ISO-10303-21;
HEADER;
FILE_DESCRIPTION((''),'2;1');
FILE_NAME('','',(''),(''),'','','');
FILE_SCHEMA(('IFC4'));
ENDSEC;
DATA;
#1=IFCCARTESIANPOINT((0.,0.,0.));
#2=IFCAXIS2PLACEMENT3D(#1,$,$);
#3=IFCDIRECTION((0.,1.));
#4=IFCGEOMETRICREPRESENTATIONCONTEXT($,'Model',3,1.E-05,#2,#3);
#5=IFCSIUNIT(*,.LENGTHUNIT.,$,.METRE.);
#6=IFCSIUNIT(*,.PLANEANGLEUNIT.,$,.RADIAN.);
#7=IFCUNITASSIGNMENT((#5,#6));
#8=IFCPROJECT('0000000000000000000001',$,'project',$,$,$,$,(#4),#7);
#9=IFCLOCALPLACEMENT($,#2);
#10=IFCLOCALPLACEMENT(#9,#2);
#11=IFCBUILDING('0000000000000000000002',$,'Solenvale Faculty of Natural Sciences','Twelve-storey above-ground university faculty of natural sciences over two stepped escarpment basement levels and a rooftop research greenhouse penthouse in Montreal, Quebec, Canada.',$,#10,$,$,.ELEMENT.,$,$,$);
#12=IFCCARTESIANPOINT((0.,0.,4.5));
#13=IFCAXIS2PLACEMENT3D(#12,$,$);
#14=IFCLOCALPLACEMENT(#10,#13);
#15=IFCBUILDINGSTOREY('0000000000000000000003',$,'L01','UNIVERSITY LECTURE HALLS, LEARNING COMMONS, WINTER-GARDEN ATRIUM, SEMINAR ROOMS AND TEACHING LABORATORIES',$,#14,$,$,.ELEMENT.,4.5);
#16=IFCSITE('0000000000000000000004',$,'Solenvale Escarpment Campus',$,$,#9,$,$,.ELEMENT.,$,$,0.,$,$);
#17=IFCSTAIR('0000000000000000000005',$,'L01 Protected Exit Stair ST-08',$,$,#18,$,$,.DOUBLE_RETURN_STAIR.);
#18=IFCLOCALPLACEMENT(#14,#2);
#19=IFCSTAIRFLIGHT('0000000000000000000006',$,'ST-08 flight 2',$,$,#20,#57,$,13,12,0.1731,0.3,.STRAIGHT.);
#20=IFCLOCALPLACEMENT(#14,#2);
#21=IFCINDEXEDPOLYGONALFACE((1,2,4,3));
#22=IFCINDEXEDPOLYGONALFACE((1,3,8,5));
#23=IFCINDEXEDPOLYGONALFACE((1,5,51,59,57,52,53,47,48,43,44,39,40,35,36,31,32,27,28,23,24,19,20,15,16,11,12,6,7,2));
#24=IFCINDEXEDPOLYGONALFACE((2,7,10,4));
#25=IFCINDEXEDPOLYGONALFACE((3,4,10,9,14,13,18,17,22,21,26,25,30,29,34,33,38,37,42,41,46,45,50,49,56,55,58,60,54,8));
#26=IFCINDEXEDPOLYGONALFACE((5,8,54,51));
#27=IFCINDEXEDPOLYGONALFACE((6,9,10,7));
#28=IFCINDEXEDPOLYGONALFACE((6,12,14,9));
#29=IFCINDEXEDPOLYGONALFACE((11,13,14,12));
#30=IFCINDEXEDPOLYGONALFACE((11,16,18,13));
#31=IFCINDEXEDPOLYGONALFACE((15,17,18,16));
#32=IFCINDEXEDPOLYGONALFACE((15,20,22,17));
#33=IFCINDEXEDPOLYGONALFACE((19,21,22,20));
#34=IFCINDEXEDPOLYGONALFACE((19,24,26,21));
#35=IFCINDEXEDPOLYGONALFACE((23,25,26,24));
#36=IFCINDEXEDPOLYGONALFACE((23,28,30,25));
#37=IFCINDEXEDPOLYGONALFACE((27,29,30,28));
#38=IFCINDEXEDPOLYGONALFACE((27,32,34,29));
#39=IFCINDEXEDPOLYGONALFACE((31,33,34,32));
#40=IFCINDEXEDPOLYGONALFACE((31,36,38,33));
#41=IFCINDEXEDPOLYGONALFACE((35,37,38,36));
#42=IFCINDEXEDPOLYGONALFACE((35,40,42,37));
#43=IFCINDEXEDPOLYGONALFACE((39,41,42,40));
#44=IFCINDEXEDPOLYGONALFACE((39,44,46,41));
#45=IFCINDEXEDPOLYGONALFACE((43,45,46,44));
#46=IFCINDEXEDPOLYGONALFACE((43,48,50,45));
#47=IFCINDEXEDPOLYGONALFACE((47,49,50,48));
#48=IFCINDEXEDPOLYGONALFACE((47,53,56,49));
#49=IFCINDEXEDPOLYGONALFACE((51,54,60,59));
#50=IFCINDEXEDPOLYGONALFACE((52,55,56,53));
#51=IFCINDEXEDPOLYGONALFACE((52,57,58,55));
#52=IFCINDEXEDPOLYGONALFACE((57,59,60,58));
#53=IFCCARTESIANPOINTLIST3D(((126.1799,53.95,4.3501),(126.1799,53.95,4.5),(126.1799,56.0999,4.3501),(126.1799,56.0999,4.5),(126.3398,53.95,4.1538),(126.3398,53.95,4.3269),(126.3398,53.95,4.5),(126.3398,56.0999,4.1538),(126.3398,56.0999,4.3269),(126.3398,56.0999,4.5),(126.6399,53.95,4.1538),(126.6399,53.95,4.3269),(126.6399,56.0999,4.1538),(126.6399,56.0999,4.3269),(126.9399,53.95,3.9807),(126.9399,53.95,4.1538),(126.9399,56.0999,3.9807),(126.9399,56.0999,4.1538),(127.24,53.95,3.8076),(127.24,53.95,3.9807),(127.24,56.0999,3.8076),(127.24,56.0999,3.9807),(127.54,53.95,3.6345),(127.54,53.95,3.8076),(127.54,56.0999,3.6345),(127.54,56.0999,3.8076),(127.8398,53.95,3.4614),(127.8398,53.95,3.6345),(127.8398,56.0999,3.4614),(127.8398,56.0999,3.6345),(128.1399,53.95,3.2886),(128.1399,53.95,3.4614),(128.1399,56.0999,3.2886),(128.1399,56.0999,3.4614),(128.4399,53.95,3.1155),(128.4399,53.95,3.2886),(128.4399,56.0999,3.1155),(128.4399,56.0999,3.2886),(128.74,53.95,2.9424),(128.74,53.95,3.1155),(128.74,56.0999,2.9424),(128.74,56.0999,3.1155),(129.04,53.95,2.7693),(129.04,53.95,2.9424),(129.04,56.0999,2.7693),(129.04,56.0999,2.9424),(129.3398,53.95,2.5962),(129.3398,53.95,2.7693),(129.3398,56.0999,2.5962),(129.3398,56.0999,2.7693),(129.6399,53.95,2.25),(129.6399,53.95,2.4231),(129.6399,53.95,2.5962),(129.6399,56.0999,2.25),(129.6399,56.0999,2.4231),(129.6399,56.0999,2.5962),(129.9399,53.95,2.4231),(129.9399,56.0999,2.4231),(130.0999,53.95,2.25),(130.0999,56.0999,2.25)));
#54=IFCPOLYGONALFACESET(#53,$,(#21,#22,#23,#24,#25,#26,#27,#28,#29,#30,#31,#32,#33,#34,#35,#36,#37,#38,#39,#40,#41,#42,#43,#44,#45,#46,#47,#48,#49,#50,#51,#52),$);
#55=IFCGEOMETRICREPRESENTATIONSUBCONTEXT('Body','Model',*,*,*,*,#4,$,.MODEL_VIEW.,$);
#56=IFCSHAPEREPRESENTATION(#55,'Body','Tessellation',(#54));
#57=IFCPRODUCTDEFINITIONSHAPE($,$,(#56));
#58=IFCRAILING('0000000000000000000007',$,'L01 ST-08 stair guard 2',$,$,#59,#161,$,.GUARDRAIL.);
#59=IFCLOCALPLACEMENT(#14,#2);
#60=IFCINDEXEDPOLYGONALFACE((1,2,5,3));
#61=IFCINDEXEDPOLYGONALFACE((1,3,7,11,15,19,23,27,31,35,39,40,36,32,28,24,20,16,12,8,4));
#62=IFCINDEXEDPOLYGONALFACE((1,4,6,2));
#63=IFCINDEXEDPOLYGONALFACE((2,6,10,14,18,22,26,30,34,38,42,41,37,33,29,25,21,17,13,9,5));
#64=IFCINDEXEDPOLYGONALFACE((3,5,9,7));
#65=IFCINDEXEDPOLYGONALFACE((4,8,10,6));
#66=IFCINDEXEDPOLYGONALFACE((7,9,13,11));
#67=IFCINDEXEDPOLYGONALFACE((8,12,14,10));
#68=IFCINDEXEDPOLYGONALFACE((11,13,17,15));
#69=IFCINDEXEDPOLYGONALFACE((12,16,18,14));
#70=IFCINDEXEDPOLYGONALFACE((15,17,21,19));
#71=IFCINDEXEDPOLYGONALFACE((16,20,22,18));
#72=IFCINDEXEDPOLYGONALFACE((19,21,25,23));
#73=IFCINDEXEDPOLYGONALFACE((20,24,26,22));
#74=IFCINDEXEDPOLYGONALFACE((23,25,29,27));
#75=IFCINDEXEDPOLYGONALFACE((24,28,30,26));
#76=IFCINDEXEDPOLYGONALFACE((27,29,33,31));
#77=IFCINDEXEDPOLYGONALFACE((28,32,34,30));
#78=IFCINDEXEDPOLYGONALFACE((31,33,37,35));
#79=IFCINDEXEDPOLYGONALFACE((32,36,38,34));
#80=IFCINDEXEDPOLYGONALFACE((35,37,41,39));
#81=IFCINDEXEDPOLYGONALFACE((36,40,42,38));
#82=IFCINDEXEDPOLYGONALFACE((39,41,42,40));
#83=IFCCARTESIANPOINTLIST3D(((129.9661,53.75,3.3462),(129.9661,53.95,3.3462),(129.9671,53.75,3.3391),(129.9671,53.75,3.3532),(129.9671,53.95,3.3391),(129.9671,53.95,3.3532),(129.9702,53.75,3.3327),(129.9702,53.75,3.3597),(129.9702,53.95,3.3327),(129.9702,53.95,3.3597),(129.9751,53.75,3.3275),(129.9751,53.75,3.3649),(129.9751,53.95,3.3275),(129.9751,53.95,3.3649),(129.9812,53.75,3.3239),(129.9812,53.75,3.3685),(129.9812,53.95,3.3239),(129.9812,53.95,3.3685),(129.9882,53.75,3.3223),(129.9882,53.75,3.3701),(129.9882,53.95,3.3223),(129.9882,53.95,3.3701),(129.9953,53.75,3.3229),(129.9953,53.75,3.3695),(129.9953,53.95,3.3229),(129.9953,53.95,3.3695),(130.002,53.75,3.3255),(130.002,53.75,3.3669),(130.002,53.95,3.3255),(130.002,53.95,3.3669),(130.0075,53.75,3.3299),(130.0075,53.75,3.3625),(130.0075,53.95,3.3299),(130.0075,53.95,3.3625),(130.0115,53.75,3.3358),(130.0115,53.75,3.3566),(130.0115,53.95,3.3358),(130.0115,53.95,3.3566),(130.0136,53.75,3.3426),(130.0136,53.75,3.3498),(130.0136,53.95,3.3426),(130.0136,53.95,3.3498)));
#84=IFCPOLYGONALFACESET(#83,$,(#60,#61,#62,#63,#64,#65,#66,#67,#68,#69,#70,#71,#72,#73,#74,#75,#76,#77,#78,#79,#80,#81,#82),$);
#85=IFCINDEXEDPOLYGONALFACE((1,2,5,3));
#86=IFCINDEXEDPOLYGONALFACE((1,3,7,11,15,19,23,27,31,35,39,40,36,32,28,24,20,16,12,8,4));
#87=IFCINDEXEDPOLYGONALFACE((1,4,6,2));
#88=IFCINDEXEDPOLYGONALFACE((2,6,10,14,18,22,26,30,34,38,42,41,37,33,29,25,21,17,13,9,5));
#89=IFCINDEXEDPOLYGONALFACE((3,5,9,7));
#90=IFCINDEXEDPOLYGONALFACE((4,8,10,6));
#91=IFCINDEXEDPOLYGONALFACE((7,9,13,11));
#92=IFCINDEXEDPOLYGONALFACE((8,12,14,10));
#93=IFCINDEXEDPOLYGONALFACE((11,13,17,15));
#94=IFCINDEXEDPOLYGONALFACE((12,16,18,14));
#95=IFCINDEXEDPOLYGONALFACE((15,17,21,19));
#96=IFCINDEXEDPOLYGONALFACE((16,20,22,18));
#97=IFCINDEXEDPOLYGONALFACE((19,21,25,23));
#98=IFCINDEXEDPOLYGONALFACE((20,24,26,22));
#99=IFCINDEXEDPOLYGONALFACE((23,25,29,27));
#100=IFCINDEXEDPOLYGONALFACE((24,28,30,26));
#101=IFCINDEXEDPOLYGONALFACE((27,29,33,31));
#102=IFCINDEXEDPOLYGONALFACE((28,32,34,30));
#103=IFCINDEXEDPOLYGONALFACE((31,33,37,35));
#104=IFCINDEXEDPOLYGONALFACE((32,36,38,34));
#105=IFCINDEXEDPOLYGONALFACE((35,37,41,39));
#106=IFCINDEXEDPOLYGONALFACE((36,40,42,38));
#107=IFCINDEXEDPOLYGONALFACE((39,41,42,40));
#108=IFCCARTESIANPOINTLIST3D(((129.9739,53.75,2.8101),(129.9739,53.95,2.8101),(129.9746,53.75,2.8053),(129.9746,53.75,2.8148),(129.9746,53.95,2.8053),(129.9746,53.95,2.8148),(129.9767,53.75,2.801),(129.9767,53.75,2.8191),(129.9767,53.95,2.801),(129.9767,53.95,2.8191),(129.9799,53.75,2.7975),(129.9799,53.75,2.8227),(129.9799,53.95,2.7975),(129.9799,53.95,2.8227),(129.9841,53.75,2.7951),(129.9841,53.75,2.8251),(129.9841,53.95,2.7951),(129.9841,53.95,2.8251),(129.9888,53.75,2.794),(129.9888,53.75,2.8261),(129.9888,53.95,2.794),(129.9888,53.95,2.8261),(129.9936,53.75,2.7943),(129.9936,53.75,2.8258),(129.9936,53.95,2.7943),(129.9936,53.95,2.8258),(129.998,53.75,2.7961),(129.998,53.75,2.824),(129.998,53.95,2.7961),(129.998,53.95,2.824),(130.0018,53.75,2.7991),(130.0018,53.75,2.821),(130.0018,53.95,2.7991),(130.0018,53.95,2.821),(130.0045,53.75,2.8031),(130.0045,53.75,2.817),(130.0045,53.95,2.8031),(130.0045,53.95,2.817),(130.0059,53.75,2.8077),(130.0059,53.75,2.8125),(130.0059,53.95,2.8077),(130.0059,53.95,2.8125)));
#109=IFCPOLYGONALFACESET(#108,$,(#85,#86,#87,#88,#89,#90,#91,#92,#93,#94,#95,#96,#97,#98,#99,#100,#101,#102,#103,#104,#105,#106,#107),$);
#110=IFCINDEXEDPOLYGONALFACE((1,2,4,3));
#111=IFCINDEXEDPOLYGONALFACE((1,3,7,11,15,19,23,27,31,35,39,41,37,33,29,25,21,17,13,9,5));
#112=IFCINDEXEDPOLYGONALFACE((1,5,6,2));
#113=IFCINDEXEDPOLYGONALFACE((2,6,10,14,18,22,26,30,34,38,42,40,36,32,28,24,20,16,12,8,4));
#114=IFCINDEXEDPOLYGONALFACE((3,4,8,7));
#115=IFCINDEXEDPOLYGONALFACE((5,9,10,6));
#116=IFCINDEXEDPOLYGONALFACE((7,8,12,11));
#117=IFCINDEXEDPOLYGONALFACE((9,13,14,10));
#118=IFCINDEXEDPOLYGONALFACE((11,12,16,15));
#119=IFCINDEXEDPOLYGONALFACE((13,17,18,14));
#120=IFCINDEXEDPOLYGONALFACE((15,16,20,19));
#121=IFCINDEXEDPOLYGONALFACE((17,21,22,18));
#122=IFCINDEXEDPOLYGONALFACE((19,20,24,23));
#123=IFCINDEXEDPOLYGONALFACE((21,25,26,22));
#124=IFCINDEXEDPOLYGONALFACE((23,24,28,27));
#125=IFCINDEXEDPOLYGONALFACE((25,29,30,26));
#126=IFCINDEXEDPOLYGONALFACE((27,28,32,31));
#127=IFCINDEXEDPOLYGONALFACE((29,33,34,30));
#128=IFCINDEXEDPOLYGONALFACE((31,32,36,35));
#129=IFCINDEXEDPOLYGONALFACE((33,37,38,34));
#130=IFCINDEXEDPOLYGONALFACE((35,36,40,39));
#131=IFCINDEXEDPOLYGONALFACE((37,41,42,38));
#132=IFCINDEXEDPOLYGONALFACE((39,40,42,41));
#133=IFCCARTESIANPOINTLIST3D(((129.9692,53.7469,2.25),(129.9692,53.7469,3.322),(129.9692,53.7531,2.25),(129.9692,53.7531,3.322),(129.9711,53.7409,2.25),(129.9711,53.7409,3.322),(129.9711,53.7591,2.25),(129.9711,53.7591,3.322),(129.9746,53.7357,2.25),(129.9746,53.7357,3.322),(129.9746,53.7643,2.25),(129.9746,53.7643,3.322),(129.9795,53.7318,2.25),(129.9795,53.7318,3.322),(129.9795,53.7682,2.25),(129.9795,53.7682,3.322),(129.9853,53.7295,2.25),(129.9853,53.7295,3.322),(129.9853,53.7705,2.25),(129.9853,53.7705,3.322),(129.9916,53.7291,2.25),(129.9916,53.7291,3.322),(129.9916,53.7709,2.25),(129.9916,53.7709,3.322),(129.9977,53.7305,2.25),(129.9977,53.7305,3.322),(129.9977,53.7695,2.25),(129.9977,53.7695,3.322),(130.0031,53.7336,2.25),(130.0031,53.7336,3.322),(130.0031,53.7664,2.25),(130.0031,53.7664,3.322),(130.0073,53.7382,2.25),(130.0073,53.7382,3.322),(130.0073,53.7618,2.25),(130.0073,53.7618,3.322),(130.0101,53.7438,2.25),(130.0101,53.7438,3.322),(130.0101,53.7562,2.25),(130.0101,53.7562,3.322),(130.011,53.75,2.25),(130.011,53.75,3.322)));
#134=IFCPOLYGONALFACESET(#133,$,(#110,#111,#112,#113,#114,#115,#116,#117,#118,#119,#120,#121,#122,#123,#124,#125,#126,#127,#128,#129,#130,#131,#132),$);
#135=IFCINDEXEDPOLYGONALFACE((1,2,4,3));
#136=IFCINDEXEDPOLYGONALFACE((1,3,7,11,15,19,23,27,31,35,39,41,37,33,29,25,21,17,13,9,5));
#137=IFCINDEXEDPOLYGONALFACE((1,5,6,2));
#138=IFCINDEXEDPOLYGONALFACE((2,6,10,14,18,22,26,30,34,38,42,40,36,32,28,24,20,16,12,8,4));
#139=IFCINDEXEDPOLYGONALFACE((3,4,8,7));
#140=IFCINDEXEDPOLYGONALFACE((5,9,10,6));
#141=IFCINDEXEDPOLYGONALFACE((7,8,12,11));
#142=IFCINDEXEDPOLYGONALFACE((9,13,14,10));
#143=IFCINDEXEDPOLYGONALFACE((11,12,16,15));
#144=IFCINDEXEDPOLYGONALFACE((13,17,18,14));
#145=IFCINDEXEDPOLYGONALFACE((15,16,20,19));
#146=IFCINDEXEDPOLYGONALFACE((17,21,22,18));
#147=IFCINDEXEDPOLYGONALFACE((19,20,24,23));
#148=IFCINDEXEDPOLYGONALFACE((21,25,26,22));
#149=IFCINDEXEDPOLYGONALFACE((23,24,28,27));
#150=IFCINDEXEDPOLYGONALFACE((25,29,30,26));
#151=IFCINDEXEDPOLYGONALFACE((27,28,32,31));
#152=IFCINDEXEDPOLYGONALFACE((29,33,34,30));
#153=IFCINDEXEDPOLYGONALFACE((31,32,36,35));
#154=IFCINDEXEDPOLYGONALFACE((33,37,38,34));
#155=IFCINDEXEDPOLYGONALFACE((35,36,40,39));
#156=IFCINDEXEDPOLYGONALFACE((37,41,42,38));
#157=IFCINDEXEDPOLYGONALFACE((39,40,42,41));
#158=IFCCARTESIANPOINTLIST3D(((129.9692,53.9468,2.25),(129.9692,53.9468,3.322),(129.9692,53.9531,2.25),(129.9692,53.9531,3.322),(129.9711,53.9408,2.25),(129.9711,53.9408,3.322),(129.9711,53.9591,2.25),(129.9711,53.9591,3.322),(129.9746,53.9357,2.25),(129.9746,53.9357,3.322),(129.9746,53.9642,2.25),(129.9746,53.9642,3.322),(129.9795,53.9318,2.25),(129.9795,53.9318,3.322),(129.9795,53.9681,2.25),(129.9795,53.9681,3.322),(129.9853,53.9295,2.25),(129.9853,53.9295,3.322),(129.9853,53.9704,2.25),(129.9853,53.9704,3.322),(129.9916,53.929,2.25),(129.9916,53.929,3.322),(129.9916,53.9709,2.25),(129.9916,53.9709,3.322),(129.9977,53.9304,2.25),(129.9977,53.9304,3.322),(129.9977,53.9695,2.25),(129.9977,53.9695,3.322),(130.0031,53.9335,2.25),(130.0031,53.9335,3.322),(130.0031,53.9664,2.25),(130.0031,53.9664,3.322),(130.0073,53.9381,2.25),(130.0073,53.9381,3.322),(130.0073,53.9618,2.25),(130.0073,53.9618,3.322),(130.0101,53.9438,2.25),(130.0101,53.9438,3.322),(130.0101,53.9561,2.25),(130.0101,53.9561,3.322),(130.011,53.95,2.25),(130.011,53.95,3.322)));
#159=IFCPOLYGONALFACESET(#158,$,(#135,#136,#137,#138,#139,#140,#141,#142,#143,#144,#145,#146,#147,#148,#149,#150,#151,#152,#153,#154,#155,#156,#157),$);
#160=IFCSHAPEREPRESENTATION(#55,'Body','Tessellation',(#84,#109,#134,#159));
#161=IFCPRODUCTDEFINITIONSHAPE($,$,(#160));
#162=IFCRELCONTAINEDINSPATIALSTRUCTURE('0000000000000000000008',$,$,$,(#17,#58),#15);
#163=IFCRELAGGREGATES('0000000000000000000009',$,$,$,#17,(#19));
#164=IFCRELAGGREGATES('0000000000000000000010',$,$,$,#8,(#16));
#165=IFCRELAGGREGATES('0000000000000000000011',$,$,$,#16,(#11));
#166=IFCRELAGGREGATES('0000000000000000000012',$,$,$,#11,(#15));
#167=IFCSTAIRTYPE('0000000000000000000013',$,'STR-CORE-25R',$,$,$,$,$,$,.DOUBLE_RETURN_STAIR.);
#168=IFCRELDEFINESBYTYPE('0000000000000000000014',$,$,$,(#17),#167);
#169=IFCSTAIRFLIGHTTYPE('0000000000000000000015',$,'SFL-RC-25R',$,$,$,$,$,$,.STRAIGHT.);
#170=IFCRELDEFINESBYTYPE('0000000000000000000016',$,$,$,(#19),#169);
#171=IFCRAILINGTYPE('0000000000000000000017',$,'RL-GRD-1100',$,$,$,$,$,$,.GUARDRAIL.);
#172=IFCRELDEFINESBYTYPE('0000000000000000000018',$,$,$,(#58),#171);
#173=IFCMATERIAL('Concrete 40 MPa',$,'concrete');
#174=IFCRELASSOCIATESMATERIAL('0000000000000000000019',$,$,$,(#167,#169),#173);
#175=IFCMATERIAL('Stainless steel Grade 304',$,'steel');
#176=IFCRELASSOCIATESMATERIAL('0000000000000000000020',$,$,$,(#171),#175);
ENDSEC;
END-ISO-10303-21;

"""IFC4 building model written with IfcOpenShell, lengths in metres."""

from ifc_helpers import new_model, si_unit, direction, frame, origin, origin_2d, place, context, subcontext, project, spatial, polyline, circle, outline, extrude, material, type_object, element, aggregate, save


model = new_model("IFC4")

# Units and contexts
model_context = context("Model", 3, precision=1e-05, world=origin(), true_north=direction((0.0, 1.0)))
body_context = subcontext(model_context, "Body", "Model", "MODEL_VIEW")
ifc_project = project(units=[si_unit("LENGTHUNIT", "METRE"), si_unit("PLANEANGLEUNIT", "RADIAN")], contexts=[model_context])

# Site, building, storey
site_placement = place(None, origin())
site = spatial("IfcSite", under=ifc_project, at=site_placement, Name="Solenvale Escarpment Campus", CompositionType="ELEMENT", RefElevation=0.0)
building_placement = place(site_placement, origin())
building = spatial("IfcBuilding", under=site, at=building_placement, Name="Solenvale Faculty of Natural Sciences", Description="Twelve-storey above-ground university faculty of natural sciences over two stepped escarpment basement levels and a rooftop research greenhouse penthouse in Montreal, Quebec, Canada.", CompositionType="ELEMENT")
storey_placement = place(building_placement, frame((0.0, 0.0, 4.5)))
storey = spatial("IfcBuildingStorey", under=building, at=storey_placement, Name="L01", Description="UNIVERSITY LECTURE HALLS, LEARNING COMMONS, WINTER-GARDEN ATRIUM, SEMINAR ROOMS AND TEACHING LABORATORIES", CompositionType="ELEMENT", Elevation=4.5)

# Shared definitions
ifc_material_1 = material(Name="Concrete 40 MPa", Category="concrete")

# Stair, stair flight
stair_type = type_object("IfcStairType", Name="STR-CORE-25R", PredefinedType="DOUBLE_RETURN_STAIR", material=ifc_material_1)
stair_placement = place(storey_placement, origin())
stair = element("IfcStair", 1, at=stair_placement, inside=storey, type_object=stair_type, Name="L01 Protected Exit Stair ST-08", PredefinedType="DOUBLE_RETURN_STAIR")
stair_flight_type = type_object("IfcStairFlightType", Name="SFL-RC-25R", PredefinedType="STRAIGHT", material=ifc_material_1)
stair_flight_1_placement = place(storey_placement, frame((129.9399, 55.0249, 2.25), z_axis=(0.0, 0.0, 1.0), x_axis=(-1.0, 0.0, 0.0)))
stair_flight_1 = element("IfcStairFlight", 2, at=stair_flight_1_placement, type_object=stair_flight_type, Name="ST-08 flight 2", NumberOfRisers=13, NumberOfTreads=12, PredefinedType="STRAIGHT", RiserHeight=0.1731, TreadLength=0.3, context=body_context, shape_type="SweptSolid", body=[
    extrude(outline(polyline([(-0.1599, 0.0), (0.0, 0.1731), (0.3, 0.1731), (0.3, 0.3462), (0.6001, 0.3462), (0.6001, 0.5193), (0.8999, 0.5193), (0.8999, 0.6924), (1.2, 0.6924), (1.2, 0.8655), (1.5, 0.8655), (1.5, 1.0386), (1.8, 1.0386), (1.8, 1.2114), (2.1001, 1.2114), (2.1001, 1.3845), (2.3999, 1.3845), (2.3999, 1.5576), (2.7, 1.5576), (2.7, 1.7307), (3.0, 1.7307), (3.0, 1.9038), (3.3, 1.9038), (3.3, 2.0769), (3.6001, 2.0769), (3.6001, 2.25), (3.76, 2.25), (3.76, 2.1001), (3.6001, 1.9038), (0.3, 0.0), (-0.1599, 0.0)])), frame((0.0, 1.075, 0.0), z_axis=(0.0, -1.0, 0.0), x_axis=(1.0, 0.0, 0.0)), (0.0, 0.0, 1.0), 2.1499),
])
aggregate(stair, [stair_flight_1])

# Railing
ifc_material_2 = material(Name="Stainless steel Grade 304", Category="steel")
railing_type_1 = type_object("IfcRailingType", Name="RL-GRD-1100", PredefinedType="GUARDRAIL", material=ifc_material_2)
railing_1_placement = place(storey_placement, frame((129.99, 53.75, 2.25)))
element("IfcRailing", 3, at=railing_1_placement, inside=storey, type_object=railing_type_1, Name="L01 ST-08 stair guard 2", PredefinedType="GUARDRAIL", context=body_context, shape_type="SweptSolid", body=[
    extrude(circle(Radius=0.0239, at=origin_2d()), frame((0.0, 0.0, 1.0962), z_axis=(0.0, 1.0, 0.0), x_axis=(-1.0, 0.0, 0.0)), (0.0, 0.0, 1.0), 0.2),
    extrude(circle(Radius=0.0161, at=origin_2d()), frame((0.0, 0.0, 0.5601), z_axis=(0.0, 1.0, 0.0), x_axis=(-1.0, 0.0, 0.0)), (0.0, 0.0, 1.0), 0.2),
    extrude(circle(Radius=0.021, at=origin_2d()), origin(), (0.0, 0.0, 1.0), 1.072),
    extrude(circle(Radius=0.021, at=origin_2d()), frame((0.0, 0.2, 0.0)), (0.0, 0.0, 1.0), 1.072),
])

save(model, "model.ifc")
